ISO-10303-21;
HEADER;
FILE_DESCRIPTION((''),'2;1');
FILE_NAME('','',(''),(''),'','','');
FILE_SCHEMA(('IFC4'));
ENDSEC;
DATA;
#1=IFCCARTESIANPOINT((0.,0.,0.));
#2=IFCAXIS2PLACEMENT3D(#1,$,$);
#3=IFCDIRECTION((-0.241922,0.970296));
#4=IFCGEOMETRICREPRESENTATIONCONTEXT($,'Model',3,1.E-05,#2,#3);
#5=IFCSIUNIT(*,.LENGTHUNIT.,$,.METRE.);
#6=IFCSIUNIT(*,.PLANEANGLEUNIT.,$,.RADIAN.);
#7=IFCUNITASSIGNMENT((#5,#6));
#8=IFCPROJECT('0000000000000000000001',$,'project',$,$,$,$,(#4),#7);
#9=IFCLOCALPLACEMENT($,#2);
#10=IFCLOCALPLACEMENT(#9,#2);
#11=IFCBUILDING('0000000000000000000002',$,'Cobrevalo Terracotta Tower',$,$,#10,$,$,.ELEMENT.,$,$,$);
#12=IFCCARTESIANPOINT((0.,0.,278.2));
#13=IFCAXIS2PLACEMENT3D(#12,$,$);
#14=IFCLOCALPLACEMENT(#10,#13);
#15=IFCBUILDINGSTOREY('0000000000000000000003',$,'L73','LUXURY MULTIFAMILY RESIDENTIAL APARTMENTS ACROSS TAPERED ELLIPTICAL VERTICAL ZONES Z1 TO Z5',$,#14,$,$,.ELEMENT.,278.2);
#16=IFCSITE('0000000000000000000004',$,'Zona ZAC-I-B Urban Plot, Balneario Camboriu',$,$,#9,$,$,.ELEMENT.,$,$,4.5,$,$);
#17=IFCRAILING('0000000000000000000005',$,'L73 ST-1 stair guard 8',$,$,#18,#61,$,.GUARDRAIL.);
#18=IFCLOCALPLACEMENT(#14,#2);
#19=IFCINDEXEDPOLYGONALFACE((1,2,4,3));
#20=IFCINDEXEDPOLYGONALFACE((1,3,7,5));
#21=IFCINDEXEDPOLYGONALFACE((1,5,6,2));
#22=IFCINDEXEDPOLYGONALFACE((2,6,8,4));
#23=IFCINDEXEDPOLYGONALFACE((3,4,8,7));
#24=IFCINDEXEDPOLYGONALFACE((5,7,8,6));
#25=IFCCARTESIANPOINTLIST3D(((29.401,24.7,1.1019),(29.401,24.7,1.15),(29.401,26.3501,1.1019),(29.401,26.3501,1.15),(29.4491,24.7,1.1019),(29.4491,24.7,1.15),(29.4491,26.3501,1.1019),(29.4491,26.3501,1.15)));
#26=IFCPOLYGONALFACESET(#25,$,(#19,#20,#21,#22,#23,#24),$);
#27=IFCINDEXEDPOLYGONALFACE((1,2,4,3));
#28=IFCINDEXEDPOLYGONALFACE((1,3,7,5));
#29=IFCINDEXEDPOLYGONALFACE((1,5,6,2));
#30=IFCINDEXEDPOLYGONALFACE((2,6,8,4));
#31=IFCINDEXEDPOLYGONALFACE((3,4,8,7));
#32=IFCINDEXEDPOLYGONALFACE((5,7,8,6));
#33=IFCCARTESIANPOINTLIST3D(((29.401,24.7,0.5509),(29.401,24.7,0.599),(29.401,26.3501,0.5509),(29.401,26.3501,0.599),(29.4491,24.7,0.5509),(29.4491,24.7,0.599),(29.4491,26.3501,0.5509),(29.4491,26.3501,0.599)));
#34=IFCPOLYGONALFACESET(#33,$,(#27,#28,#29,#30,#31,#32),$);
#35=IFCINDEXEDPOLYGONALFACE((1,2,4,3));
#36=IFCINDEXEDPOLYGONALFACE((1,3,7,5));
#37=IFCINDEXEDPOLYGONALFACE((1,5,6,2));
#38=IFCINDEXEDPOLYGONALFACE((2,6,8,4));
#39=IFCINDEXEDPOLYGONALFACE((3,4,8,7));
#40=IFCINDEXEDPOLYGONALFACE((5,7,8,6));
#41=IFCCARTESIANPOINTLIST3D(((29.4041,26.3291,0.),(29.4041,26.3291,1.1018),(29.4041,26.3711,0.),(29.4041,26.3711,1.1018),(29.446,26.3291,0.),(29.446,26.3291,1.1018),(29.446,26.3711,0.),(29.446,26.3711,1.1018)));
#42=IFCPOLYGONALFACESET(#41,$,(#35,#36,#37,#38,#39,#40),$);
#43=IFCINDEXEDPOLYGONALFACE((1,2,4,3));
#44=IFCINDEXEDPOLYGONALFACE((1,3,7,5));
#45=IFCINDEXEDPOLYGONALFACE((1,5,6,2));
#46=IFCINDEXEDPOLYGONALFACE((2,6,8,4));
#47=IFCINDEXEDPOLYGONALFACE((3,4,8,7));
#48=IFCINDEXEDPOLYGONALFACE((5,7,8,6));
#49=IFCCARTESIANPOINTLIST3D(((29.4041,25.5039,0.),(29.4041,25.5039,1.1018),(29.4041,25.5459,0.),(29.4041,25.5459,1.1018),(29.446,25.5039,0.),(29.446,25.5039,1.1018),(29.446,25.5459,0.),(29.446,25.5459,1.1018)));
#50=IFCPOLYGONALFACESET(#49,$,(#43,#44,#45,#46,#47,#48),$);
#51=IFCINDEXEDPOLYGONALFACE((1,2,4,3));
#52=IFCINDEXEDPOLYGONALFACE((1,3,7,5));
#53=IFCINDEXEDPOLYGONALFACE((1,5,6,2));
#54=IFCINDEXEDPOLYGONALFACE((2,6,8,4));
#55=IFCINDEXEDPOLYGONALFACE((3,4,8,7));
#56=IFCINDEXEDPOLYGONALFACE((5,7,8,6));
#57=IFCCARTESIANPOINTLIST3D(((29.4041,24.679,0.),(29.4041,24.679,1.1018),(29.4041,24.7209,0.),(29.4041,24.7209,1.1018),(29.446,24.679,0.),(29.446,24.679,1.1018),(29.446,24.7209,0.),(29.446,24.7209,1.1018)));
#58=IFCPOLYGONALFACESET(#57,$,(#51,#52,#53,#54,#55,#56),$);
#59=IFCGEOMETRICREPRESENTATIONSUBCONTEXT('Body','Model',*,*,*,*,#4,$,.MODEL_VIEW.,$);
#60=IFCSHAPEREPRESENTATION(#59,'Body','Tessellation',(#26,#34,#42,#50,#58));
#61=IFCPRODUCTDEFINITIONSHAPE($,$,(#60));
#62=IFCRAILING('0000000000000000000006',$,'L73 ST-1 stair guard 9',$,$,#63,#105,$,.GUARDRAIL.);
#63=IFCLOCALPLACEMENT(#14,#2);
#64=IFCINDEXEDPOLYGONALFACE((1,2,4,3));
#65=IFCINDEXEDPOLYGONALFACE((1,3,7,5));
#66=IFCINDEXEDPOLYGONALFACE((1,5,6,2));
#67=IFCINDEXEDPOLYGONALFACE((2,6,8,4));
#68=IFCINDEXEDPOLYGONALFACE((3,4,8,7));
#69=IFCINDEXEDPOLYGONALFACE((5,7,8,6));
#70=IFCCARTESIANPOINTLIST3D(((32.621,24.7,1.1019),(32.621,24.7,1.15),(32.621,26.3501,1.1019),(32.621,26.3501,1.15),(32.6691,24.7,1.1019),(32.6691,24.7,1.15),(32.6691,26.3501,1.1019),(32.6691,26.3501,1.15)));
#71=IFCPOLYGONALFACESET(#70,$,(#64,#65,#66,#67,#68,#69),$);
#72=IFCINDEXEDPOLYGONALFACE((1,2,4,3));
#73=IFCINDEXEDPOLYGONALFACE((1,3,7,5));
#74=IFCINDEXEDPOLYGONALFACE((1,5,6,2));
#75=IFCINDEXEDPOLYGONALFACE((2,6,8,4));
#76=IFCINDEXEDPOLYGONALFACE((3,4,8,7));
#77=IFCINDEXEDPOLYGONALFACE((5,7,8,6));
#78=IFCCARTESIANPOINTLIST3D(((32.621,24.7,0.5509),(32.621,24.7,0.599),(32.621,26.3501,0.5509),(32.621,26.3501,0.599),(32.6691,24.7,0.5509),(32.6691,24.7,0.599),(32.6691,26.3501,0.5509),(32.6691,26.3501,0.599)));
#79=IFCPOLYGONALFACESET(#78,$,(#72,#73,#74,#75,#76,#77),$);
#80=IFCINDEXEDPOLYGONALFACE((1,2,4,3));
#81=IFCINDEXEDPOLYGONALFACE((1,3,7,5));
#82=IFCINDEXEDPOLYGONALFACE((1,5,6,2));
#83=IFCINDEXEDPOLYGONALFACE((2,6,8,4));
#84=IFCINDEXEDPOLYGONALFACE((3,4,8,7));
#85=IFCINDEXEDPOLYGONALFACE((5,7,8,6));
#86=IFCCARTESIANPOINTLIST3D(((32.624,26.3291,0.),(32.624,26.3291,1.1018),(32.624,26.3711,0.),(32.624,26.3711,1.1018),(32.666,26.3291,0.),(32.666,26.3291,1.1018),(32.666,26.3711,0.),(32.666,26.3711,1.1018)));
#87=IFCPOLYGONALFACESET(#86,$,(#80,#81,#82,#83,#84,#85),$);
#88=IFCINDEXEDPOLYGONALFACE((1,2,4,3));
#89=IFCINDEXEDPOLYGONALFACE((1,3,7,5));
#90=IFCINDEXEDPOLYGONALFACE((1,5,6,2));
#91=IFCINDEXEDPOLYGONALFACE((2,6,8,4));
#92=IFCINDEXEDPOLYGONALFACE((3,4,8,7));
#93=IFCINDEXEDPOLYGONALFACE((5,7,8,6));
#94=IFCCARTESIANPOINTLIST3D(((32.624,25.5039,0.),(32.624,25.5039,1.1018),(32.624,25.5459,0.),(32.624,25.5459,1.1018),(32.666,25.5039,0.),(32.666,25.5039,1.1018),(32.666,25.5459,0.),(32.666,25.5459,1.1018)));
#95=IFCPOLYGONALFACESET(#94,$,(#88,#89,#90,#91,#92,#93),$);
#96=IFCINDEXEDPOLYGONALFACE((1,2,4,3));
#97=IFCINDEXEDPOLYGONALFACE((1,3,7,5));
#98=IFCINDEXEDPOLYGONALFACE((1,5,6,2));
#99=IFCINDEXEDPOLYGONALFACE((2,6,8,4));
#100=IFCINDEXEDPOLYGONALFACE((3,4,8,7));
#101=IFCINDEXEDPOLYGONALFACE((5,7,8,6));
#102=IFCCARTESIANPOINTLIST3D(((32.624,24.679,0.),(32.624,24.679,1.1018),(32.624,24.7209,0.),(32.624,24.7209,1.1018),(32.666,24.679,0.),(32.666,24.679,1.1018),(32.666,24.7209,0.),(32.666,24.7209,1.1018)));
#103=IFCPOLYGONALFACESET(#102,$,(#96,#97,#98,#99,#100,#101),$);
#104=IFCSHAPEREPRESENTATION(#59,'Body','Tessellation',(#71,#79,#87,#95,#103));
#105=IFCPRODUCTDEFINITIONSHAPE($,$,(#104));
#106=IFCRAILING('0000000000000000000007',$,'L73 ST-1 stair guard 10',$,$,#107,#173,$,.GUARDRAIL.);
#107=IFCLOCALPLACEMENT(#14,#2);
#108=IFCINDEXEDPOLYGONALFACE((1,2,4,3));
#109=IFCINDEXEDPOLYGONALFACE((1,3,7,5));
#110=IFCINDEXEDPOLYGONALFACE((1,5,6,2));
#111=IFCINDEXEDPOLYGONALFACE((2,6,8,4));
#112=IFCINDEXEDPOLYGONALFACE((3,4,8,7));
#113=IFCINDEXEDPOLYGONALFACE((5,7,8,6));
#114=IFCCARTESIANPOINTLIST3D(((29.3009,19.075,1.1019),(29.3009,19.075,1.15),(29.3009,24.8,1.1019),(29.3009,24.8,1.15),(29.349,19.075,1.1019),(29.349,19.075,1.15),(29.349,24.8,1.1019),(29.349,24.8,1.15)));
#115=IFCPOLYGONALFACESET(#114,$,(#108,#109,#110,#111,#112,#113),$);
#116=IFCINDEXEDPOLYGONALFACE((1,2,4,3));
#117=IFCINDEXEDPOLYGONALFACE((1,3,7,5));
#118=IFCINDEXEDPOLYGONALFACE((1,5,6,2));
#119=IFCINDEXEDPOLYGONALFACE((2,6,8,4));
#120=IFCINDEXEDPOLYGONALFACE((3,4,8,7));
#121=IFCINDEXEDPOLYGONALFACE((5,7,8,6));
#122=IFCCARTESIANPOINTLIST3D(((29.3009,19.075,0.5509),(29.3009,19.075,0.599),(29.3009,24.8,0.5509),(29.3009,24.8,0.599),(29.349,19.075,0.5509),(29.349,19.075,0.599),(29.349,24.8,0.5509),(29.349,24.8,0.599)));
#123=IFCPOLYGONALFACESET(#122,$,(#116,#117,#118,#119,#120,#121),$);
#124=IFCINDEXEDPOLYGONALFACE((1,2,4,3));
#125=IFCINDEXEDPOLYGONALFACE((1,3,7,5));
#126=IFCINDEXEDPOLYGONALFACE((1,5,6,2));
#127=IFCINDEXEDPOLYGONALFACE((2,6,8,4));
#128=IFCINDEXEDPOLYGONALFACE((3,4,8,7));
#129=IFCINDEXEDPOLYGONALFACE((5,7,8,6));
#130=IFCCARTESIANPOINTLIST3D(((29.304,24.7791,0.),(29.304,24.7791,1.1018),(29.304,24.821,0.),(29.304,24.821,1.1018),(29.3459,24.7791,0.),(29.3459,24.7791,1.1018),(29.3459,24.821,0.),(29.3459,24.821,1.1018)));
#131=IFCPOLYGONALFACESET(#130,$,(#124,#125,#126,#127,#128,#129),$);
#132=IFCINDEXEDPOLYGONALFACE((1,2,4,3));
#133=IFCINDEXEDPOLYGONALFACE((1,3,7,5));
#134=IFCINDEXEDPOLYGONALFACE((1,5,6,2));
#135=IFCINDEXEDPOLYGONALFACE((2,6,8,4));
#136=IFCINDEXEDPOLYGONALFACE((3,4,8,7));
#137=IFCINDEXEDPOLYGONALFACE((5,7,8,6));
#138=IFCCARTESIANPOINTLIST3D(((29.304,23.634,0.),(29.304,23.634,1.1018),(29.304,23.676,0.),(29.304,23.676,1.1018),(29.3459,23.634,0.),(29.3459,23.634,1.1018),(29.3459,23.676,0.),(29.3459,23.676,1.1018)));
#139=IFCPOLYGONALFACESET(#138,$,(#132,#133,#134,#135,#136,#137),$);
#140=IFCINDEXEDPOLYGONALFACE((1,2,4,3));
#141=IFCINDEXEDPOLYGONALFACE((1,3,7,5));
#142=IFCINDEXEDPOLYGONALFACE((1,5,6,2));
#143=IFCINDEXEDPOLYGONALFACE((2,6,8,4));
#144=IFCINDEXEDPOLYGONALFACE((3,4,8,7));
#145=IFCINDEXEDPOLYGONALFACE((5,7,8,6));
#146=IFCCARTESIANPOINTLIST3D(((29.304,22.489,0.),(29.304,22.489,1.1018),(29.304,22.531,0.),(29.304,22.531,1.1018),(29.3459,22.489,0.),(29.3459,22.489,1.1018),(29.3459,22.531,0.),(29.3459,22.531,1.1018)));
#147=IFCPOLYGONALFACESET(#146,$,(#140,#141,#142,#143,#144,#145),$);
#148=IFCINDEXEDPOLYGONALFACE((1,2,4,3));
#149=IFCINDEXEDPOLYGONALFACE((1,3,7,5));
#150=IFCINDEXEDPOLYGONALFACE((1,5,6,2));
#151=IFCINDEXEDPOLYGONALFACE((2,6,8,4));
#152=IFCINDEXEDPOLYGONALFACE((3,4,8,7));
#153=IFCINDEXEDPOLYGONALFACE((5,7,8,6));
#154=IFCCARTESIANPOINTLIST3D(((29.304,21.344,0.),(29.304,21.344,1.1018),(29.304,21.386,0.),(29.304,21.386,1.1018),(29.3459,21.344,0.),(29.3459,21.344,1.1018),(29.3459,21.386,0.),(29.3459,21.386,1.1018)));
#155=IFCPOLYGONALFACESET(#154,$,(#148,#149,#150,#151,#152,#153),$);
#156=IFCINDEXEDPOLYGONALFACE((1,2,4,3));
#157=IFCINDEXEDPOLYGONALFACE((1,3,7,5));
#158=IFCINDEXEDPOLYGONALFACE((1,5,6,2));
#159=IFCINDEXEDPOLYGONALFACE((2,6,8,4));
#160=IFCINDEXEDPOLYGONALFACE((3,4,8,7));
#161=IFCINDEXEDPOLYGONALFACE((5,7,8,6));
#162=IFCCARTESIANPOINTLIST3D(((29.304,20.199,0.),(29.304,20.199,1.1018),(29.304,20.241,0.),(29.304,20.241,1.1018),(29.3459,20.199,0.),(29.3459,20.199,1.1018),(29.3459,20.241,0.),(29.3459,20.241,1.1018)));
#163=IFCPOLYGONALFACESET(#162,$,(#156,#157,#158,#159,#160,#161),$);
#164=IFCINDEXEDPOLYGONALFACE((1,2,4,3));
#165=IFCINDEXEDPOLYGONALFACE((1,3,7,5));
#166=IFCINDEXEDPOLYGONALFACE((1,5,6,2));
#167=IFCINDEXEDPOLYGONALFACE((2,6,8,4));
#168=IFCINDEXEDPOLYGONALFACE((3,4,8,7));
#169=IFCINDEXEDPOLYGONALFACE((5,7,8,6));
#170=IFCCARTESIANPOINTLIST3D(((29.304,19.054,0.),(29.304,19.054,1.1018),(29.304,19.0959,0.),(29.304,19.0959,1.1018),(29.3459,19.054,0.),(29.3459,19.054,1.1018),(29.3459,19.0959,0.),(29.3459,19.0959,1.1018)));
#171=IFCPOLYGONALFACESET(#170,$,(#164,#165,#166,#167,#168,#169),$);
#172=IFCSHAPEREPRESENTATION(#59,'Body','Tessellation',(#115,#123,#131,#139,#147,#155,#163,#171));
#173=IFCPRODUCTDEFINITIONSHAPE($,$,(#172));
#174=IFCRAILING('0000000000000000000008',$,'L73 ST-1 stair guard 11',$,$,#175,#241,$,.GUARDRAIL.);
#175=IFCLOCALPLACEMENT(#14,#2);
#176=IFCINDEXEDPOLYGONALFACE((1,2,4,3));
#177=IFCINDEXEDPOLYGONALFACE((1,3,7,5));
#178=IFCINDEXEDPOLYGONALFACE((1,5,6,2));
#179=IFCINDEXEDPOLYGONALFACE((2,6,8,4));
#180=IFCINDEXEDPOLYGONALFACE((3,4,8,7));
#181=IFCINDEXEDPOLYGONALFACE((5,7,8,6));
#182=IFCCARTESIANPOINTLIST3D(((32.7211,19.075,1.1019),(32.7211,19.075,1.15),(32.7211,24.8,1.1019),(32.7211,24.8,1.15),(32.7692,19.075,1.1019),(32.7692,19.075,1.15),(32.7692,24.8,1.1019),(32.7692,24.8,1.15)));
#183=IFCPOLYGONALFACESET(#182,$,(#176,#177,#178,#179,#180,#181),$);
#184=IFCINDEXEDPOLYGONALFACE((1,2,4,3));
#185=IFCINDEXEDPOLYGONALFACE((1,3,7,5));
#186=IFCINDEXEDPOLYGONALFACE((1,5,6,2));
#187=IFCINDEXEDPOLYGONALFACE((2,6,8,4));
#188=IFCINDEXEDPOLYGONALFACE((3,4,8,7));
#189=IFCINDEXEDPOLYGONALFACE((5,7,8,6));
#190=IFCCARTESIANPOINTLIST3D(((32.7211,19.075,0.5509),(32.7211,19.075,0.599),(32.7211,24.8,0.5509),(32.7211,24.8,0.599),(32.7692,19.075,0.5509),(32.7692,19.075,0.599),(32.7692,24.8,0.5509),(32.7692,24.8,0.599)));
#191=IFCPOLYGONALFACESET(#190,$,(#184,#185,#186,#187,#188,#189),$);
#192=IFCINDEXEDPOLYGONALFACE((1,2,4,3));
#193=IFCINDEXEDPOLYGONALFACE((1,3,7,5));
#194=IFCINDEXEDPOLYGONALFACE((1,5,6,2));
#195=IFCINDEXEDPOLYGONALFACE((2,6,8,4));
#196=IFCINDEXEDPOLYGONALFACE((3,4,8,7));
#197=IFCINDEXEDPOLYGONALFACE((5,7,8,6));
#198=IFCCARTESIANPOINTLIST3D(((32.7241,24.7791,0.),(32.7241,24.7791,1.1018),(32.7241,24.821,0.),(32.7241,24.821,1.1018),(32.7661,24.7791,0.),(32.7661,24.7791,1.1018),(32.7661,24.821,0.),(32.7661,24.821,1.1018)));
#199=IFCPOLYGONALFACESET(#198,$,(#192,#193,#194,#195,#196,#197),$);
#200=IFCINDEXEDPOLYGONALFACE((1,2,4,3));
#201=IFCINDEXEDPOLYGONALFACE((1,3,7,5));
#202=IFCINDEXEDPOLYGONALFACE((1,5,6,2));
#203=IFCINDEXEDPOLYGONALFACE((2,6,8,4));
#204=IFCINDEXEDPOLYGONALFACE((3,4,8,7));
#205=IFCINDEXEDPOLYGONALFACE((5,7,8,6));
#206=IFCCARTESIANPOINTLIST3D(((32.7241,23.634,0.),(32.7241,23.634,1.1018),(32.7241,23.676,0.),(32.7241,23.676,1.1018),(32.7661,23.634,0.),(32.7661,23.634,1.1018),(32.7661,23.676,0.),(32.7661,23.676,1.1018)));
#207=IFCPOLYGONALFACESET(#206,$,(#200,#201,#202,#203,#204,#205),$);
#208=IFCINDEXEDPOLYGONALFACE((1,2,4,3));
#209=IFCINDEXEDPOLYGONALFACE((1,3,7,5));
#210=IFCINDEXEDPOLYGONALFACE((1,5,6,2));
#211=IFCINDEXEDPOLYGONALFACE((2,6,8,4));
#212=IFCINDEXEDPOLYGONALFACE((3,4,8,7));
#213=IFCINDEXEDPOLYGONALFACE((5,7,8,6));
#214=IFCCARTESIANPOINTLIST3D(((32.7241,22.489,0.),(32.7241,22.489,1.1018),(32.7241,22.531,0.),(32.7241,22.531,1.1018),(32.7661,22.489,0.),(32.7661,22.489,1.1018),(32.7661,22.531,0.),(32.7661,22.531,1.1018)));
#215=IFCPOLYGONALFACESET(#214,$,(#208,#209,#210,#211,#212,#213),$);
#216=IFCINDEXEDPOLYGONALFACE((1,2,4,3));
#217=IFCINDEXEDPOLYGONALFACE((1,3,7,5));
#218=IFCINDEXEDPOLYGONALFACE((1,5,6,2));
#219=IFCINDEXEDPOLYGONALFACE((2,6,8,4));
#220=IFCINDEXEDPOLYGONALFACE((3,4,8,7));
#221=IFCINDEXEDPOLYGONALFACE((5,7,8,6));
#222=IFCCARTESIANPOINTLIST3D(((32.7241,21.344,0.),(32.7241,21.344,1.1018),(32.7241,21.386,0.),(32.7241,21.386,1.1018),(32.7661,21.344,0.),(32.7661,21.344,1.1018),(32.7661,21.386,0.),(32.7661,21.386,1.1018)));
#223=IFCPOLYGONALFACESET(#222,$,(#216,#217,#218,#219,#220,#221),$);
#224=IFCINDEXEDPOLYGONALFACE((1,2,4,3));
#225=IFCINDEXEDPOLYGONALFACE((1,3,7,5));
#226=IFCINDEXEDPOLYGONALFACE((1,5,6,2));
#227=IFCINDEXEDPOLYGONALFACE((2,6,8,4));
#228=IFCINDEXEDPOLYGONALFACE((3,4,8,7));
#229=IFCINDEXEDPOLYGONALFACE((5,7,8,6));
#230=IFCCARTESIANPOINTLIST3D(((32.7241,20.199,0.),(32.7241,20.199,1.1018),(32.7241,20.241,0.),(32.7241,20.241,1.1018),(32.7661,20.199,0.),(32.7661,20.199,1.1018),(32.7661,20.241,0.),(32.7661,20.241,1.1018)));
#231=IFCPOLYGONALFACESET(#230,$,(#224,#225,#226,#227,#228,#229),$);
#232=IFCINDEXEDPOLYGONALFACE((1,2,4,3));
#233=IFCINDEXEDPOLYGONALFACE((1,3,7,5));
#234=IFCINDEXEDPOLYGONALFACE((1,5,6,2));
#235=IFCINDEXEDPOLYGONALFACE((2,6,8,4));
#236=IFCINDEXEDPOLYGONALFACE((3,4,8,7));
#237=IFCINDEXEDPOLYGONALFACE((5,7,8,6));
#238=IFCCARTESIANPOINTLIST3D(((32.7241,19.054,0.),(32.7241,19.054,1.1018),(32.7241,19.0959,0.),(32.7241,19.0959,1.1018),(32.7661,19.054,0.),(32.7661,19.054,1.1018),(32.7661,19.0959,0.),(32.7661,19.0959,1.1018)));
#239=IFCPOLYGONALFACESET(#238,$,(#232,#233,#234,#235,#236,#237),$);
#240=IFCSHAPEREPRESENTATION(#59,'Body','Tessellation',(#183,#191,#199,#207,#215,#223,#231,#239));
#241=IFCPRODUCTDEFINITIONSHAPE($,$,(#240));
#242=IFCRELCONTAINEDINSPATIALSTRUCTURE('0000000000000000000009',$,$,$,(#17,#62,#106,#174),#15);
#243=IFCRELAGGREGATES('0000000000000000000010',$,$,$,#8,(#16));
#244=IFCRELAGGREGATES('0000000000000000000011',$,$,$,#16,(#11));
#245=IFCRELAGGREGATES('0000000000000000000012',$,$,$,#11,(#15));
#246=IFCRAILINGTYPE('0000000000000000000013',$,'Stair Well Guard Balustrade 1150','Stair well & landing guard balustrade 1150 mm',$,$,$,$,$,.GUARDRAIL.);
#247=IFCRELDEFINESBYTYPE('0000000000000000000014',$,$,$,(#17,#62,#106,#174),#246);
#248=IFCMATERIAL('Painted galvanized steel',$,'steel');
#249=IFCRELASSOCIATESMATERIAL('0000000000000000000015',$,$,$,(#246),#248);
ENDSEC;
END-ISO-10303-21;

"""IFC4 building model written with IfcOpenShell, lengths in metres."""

from ifc_helpers import new_model, si_unit, direction, frame, origin, origin_2d, place, context, subcontext, project, spatial, rectangle, extrude, material, type_object, element, save


model = new_model("IFC4")

# Units and contexts
model_context = context("Model", 3, precision=1e-05, world=origin(), true_north=direction((-0.241922, 0.970296)))
body_context = subcontext(model_context, "Body", "Model", "MODEL_VIEW")
ifc_project = project(units=[si_unit("LENGTHUNIT", "METRE"), si_unit("PLANEANGLEUNIT", "RADIAN")], contexts=[model_context])

# Site, building, storey
site_placement = place(None, origin())
site = spatial("IfcSite", under=ifc_project, at=site_placement, Name="Zona ZAC-I-B Urban Plot, Balneario Camboriu", CompositionType="ELEMENT", RefElevation=4.5)
building_placement = place(site_placement, origin())
building = spatial("IfcBuilding", under=site, at=building_placement, Name="Cobrevalo Terracotta Tower", CompositionType="ELEMENT")
storey_placement = place(building_placement, frame((0.0, 0.0, 278.2)))
storey = spatial("IfcBuildingStorey", under=building, at=storey_placement, Name="L73", Description="LUXURY MULTIFAMILY RESIDENTIAL APARTMENTS ACROSS TAPERED ELLIPTICAL VERTICAL ZONES Z1 TO Z5", CompositionType="ELEMENT", Elevation=278.2)

# Railings
ifc_material_1 = material(Name="Painted galvanized steel", Category="steel")
railing_type_1 = type_object("IfcRailingType", Name="Stair Well Guard Balustrade 1150", Description="Stair well & landing guard balustrade 1150 mm", PredefinedType="GUARDRAIL", material=ifc_material_1)
for number, where, name in (
    (1, (29.425, 26.3501, 0.0), "L73 ST-1 stair guard 8"),
    (2, (32.645, 26.3501, 0.0), "L73 ST-1 stair guard 9"),
):
    element("IfcRailing", number, at=place(storey_placement, frame(where)), inside=storey, type_object=railing_type_1, Name=name, PredefinedType="GUARDRAIL", context=body_context, shape_type="SweptSolid", body=[
        extrude(rectangle(XDim=0.0481, YDim=0.0481, at=origin_2d()), frame((0.0, 0.0, 1.126), z_axis=(0.0, -1.0, 0.0), x_axis=(1.0, 0.0, 0.0)), (0.0, 0.0, 1.0), 1.6501),
        extrude(rectangle(XDim=0.0481, YDim=0.0481, at=origin_2d()), frame((0.0, 0.0, 0.575), z_axis=(0.0, -1.0, 0.0), x_axis=(1.0, 0.0, 0.0)), (0.0, 0.0, 1.0), 1.6501),
        extrude(rectangle(XDim=0.042, YDim=0.042, at=origin_2d()), origin(), (0.0, 0.0, 1.0), 1.1018),
        extrude(rectangle(XDim=0.042, YDim=0.042, at=origin_2d()), frame((0.0, -0.8252, 0.0)), (0.0, 0.0, 1.0), 1.1018),
        extrude(rectangle(XDim=0.042, YDim=0.042, at=origin_2d()), frame((0.0, -1.6501, 0.0)), (0.0, 0.0, 1.0), 1.1018),
    ])
for number, where, name in (
    (3, (29.325, 24.8, 0.0), "L73 ST-1 stair guard 10"),
    (4, (32.7451, 24.8, 0.0), "L73 ST-1 stair guard 11"),
):
    element("IfcRailing", number, at=place(storey_placement, frame(where)), inside=storey, type_object=railing_type_1, Name=name, PredefinedType="GUARDRAIL", context=body_context, shape_type="SweptSolid", body=[
        extrude(rectangle(XDim=0.0481, YDim=0.0481, at=origin_2d()), frame((0.0, 0.0, 1.126), z_axis=(0.0, -1.0, 0.0), x_axis=(1.0, 0.0, 0.0)), (0.0, 0.0, 1.0), 5.7251),
        extrude(rectangle(XDim=0.0481, YDim=0.0481, at=origin_2d()), frame((0.0, 0.0, 0.575), z_axis=(0.0, -1.0, 0.0), x_axis=(1.0, 0.0, 0.0)), (0.0, 0.0, 1.0), 5.7251),
        extrude(rectangle(XDim=0.042, YDim=0.042, at=origin_2d()), origin(), (0.0, 0.0, 1.0), 1.1018),
        extrude(rectangle(XDim=0.042, YDim=0.042, at=origin_2d()), frame((0.0, -1.145, 0.0)), (0.0, 0.0, 1.0), 1.1018),
        extrude(rectangle(XDim=0.042, YDim=0.042, at=origin_2d()), frame((0.0, -2.29, 0.0)), (0.0, 0.0, 1.0), 1.1018),
        extrude(rectangle(XDim=0.042, YDim=0.042, at=origin_2d()), frame((0.0, -3.4351, 0.0)), (0.0, 0.0, 1.0), 1.1018),
        extrude(rectangle(XDim=0.042, YDim=0.042, at=origin_2d()), frame((0.0, -4.5801, 0.0)), (0.0, 0.0, 1.0), 1.1018),
        extrude(rectangle(XDim=0.042, YDim=0.042, at=origin_2d()), frame((0.0, -5.7251, 0.0)), (0.0, 0.0, 1.0), 1.1018),
    ])

save(model, "model.ifc")
